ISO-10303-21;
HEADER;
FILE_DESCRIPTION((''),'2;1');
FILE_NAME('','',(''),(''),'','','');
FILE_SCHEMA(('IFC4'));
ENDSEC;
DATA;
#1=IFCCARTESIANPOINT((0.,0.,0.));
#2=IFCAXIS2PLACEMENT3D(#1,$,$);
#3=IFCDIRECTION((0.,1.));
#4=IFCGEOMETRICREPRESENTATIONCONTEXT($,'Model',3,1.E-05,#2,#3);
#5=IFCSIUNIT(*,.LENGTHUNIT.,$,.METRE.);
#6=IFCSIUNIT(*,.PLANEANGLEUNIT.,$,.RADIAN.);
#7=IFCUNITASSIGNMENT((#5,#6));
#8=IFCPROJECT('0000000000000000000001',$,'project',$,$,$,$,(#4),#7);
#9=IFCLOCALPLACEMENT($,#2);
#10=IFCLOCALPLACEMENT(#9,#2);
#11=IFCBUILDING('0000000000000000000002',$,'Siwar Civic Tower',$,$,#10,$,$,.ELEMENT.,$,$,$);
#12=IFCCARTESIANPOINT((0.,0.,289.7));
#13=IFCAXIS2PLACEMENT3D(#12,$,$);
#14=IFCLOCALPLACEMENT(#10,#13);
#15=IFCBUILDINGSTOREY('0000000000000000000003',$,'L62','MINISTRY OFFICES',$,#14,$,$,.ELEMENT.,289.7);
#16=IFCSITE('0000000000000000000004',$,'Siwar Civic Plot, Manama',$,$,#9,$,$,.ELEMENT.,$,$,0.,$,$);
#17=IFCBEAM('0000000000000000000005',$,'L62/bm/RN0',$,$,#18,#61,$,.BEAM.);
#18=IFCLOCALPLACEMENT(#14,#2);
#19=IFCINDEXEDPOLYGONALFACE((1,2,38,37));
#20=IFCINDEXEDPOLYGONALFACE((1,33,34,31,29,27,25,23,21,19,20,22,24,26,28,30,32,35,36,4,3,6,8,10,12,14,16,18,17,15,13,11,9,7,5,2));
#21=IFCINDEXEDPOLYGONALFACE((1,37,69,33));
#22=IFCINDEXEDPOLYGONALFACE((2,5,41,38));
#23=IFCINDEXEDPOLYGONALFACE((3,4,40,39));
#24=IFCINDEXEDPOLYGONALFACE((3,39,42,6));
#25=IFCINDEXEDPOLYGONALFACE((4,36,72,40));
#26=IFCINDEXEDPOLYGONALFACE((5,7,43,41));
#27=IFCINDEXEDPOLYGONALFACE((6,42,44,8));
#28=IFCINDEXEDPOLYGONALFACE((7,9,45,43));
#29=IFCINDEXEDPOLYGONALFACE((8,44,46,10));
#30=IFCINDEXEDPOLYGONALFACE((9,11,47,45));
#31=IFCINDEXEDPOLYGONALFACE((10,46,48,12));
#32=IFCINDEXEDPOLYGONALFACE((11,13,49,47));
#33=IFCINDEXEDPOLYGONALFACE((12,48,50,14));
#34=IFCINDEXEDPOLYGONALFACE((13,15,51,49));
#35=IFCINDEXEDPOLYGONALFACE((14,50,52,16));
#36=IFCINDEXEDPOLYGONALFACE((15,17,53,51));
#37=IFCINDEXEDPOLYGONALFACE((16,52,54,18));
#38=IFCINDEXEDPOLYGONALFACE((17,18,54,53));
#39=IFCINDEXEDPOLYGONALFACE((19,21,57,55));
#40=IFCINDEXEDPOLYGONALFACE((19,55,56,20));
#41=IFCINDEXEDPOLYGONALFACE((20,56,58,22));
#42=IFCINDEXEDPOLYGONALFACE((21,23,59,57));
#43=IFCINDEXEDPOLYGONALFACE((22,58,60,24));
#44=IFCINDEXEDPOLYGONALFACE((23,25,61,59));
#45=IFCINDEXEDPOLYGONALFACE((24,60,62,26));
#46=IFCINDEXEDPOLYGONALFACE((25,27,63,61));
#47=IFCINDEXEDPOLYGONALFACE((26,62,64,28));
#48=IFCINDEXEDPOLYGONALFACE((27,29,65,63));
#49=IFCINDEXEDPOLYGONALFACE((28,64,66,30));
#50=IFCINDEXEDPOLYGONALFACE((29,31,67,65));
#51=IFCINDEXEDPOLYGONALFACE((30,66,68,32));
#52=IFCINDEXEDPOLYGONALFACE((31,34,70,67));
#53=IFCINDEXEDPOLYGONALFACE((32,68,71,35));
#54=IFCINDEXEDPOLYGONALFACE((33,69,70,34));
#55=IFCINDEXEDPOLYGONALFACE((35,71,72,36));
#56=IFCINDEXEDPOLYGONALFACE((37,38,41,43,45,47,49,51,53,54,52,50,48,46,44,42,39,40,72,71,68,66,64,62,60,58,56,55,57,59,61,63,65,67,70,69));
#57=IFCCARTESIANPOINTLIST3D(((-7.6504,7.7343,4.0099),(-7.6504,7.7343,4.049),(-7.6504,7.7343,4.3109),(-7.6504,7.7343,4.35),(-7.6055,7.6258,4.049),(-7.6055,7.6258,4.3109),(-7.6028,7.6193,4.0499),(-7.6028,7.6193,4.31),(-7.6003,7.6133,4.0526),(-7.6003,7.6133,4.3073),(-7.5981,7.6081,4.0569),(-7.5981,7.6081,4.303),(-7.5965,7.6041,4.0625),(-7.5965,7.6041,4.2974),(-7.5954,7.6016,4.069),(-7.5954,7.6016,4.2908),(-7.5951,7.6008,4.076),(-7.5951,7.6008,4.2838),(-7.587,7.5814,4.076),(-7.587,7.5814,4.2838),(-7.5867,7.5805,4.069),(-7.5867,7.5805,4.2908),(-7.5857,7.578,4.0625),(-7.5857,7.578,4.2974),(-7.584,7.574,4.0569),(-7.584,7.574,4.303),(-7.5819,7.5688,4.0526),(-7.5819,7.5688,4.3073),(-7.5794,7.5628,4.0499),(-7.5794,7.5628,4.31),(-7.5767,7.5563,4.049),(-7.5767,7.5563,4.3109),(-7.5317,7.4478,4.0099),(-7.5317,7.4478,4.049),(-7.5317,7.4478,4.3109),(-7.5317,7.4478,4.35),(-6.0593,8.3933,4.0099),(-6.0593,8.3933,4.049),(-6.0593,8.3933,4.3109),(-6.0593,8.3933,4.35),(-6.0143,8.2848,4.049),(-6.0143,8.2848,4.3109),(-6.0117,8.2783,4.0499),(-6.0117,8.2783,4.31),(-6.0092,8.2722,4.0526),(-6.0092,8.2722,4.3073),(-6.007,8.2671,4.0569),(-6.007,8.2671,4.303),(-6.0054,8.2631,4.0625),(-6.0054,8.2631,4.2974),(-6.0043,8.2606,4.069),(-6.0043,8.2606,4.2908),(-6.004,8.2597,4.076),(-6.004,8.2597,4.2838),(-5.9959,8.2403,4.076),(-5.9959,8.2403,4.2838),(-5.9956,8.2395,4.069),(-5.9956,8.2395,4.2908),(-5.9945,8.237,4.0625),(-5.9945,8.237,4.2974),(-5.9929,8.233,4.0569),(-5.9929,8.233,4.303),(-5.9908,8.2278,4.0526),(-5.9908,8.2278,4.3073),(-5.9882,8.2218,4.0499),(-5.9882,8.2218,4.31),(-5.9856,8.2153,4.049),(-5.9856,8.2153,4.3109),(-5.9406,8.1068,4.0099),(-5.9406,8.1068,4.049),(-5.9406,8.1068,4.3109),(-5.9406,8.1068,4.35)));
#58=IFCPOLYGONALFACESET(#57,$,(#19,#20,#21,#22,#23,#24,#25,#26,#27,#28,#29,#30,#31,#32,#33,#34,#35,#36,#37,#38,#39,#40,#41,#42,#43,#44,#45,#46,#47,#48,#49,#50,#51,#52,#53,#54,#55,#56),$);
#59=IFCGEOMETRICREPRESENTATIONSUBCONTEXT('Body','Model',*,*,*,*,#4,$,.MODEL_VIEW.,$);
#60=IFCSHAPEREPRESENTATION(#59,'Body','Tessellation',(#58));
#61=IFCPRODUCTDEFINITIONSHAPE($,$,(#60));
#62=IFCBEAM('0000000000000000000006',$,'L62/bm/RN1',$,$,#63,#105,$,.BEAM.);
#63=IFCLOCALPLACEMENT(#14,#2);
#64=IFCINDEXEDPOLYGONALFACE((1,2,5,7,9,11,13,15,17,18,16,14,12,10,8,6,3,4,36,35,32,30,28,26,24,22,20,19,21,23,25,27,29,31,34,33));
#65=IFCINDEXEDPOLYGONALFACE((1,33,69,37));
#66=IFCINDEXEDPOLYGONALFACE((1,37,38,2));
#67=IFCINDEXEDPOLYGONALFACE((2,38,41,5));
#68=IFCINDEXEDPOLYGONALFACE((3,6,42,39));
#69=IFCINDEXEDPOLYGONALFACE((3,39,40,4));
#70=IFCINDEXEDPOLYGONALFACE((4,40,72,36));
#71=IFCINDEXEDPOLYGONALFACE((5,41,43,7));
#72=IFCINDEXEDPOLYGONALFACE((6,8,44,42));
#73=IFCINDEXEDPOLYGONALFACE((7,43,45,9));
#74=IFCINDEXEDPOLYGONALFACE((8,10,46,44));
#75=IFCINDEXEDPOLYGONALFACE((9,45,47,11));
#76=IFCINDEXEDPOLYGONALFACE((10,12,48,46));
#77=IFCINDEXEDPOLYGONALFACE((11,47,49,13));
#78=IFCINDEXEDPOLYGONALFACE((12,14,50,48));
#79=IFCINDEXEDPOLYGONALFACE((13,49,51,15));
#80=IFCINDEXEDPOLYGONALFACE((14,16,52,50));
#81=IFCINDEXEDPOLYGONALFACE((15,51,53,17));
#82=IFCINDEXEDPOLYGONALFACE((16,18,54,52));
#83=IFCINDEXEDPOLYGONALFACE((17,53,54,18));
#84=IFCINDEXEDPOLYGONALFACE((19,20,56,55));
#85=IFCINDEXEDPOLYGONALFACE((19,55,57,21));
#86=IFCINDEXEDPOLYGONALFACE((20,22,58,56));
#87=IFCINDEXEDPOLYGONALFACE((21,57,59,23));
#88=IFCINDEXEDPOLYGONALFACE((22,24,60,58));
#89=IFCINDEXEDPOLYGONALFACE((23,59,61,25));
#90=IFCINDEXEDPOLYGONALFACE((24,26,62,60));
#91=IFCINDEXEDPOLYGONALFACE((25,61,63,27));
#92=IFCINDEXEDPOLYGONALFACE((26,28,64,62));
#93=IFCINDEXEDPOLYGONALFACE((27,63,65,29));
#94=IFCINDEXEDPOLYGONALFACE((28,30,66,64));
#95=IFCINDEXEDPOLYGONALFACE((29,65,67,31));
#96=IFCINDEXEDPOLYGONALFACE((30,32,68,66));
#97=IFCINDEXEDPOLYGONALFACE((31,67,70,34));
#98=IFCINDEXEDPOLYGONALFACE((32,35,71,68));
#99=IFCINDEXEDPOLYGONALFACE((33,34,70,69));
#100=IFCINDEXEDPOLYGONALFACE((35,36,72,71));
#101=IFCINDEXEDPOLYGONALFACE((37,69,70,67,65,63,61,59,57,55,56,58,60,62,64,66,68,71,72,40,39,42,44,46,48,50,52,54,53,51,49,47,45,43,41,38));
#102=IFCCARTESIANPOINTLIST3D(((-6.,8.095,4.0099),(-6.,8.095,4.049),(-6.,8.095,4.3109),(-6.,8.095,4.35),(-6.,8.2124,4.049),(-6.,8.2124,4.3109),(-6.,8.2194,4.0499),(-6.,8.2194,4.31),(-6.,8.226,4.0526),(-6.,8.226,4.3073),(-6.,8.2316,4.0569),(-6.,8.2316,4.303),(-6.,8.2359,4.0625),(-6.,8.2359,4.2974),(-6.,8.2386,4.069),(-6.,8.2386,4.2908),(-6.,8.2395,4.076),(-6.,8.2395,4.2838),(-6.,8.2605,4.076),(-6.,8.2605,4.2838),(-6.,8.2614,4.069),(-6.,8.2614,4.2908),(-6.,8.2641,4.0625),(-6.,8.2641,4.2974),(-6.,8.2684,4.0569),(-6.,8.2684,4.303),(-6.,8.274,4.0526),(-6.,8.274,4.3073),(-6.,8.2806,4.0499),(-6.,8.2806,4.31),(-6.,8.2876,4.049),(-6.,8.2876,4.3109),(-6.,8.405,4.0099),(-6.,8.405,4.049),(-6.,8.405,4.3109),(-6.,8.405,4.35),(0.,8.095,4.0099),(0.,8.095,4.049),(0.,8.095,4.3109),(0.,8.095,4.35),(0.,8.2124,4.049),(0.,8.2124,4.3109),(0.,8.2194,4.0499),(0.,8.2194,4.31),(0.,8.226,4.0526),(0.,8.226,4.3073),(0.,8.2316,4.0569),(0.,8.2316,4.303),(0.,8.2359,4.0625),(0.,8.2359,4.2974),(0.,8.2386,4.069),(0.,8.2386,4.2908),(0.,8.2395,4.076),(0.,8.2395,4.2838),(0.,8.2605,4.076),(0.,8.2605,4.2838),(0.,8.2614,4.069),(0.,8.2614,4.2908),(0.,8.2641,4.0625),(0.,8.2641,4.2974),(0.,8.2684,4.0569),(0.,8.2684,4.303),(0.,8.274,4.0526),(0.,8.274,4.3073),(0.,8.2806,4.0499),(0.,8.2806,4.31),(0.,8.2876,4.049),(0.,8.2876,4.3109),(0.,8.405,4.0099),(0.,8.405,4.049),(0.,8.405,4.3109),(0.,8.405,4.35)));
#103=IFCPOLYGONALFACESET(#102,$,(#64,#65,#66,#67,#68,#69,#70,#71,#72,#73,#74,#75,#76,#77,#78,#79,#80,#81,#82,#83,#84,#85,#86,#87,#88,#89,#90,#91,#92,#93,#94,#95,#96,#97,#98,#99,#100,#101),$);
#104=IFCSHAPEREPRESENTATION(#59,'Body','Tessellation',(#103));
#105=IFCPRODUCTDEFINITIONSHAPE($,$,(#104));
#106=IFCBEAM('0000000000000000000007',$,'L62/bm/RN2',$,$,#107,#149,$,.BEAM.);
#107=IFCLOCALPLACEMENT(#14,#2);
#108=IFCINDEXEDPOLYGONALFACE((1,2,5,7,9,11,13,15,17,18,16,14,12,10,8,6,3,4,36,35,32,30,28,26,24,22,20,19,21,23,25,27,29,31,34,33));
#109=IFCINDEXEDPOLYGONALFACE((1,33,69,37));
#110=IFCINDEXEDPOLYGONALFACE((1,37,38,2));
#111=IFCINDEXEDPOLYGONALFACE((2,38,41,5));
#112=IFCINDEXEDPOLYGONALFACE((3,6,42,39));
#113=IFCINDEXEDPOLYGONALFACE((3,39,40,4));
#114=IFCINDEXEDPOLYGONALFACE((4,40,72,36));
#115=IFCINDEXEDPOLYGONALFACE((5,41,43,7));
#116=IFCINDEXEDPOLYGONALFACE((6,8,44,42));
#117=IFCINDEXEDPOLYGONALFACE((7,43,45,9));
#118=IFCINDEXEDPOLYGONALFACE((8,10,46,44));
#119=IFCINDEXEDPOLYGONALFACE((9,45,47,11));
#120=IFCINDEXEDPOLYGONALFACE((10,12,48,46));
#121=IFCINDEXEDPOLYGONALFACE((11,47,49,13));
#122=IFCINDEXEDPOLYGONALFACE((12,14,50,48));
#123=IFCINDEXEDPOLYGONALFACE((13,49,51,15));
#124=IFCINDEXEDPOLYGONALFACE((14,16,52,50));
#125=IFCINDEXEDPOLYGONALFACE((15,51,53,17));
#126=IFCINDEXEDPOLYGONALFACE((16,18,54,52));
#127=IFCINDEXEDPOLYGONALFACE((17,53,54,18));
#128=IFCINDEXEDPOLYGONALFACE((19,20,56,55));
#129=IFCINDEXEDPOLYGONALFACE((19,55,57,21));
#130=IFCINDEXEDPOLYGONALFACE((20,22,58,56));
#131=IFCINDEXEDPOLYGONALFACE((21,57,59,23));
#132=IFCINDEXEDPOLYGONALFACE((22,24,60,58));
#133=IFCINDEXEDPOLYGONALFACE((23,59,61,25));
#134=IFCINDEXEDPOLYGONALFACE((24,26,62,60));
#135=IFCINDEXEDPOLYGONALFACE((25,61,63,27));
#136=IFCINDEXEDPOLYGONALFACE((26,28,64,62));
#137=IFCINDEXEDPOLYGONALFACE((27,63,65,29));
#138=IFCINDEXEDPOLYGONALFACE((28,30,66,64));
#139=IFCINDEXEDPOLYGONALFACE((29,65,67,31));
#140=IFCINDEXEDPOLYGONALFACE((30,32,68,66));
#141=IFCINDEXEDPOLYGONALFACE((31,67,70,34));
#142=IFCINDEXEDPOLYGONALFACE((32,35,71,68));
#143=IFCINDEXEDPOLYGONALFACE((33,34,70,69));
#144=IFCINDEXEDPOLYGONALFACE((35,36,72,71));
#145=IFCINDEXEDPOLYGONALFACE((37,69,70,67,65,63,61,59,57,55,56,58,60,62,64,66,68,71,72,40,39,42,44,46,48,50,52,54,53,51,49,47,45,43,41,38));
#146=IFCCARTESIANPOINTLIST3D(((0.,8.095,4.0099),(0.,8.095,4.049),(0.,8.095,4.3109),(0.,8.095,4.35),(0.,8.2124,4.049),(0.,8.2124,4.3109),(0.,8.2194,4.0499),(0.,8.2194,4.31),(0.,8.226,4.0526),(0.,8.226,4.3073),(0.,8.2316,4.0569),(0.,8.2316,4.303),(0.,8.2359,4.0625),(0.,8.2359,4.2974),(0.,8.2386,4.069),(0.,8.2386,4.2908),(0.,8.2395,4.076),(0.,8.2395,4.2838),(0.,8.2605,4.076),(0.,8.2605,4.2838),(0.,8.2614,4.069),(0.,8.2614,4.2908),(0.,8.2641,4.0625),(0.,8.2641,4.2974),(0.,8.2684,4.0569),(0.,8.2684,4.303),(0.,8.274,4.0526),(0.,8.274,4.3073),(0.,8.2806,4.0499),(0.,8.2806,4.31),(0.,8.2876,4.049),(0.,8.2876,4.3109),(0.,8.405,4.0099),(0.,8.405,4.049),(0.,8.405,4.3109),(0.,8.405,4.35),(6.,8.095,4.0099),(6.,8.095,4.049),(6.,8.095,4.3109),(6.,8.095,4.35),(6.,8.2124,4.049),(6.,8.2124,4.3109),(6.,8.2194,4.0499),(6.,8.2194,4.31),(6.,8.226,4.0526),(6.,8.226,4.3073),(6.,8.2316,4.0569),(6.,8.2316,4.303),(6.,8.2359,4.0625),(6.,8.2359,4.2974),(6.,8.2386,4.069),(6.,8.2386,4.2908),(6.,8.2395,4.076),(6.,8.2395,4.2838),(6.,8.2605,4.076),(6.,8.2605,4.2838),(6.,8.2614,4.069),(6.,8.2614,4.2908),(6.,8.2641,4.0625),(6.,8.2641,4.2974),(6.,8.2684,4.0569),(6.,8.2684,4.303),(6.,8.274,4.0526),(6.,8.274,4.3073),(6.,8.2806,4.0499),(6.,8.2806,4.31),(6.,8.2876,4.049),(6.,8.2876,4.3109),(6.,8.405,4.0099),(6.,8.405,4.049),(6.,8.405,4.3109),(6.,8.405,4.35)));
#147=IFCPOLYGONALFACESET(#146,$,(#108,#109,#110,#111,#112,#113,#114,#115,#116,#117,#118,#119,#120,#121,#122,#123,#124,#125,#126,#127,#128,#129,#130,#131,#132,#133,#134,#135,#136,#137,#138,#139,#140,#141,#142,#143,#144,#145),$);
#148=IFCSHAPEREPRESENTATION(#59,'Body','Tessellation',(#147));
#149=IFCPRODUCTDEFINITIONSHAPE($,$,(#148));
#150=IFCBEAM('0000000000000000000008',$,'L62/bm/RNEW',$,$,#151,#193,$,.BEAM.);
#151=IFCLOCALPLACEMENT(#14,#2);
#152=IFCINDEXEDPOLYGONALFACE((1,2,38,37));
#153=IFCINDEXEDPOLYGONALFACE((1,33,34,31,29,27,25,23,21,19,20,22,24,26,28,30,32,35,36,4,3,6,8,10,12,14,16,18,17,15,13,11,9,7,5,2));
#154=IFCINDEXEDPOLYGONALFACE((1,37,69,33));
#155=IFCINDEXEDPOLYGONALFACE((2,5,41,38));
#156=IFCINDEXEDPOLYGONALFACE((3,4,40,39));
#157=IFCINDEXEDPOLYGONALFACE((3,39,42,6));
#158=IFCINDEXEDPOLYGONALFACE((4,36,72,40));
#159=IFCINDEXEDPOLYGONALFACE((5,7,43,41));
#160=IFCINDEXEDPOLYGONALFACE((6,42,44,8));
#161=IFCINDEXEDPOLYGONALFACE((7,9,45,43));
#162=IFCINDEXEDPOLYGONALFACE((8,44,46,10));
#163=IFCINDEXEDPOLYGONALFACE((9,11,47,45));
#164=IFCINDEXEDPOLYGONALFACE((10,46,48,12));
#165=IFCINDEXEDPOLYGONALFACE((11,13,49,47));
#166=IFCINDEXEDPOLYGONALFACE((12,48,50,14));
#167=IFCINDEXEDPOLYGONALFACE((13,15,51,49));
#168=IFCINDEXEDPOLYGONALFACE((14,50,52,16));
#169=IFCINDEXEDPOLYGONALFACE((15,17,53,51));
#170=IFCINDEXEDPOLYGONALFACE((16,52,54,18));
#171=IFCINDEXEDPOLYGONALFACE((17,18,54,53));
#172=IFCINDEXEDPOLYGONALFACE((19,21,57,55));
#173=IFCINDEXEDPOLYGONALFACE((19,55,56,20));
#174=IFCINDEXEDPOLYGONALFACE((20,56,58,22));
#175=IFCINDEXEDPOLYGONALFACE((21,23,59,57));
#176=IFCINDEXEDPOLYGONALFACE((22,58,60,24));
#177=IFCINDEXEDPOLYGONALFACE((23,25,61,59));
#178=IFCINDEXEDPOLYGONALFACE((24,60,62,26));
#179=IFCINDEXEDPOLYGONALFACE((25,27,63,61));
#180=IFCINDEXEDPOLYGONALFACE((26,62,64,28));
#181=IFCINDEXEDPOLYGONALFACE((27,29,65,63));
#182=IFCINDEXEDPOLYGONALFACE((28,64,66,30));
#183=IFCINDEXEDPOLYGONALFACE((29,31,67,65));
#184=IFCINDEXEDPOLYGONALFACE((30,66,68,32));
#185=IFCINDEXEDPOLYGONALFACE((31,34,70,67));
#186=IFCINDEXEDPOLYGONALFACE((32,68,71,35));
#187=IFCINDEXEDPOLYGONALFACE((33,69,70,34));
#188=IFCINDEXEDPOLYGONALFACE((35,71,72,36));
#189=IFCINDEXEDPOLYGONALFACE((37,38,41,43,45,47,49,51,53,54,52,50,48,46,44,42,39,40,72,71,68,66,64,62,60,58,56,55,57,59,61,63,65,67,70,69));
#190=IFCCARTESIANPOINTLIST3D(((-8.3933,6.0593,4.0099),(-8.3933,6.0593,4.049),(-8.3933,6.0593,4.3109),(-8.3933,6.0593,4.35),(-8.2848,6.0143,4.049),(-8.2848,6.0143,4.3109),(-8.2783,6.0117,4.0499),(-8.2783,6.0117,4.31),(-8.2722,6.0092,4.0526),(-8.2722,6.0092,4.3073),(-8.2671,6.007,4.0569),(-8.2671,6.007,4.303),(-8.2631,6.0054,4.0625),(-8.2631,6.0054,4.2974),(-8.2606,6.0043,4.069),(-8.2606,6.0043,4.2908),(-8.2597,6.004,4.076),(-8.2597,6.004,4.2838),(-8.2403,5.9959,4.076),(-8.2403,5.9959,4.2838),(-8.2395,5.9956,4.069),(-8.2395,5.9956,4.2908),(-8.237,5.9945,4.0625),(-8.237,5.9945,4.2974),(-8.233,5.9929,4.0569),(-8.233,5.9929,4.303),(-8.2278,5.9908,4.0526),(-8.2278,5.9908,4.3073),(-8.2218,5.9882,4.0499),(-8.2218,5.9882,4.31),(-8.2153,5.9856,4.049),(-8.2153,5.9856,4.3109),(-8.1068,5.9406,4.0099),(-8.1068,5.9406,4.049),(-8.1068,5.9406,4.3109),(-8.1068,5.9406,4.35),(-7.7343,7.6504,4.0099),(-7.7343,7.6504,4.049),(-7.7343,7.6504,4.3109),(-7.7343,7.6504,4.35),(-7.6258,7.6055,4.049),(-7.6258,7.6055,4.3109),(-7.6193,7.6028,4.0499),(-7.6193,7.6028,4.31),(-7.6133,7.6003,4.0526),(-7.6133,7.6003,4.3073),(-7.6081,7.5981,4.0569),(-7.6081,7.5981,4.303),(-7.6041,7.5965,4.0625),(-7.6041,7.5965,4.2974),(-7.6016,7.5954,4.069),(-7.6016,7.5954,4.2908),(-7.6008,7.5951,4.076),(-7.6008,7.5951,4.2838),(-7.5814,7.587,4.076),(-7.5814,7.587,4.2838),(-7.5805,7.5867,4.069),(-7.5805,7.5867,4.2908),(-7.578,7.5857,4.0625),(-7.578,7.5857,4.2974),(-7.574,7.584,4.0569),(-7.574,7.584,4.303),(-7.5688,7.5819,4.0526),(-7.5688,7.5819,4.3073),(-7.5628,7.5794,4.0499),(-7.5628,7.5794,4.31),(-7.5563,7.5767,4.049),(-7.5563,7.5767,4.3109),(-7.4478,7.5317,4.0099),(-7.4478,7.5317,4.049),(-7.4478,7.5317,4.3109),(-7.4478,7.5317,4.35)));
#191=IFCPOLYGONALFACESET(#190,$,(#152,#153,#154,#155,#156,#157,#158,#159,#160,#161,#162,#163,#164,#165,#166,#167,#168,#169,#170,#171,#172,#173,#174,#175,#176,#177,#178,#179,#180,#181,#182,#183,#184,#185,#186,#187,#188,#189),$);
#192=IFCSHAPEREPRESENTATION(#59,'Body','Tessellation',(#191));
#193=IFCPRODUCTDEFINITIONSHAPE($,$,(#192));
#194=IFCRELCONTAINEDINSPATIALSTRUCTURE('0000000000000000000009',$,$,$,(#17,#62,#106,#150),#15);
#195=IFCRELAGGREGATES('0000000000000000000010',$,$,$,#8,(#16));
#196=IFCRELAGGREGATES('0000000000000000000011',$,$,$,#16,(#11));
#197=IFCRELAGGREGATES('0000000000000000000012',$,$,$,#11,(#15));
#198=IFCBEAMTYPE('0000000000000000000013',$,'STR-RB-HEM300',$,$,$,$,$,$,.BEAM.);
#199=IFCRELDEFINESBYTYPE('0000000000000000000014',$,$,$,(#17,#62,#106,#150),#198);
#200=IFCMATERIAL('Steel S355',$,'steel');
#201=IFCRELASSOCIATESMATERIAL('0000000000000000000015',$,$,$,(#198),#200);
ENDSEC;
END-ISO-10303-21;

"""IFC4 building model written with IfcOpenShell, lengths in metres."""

from ifc_helpers import new_model, si_unit, direction, frame, origin, origin_2d, place, context, subcontext, project, spatial, i_section, extrude, material, material_profile, profile_set, type_object, element, save


model = new_model("IFC4")

# Units and contexts
model_context = context("Model", 3, precision=1e-05, world=origin(), true_north=direction((0.0, 1.0)))
body_context = subcontext(model_context, "Body", "Model", "MODEL_VIEW")
ifc_project = project(units=[si_unit("LENGTHUNIT", "METRE"), si_unit("PLANEANGLEUNIT", "RADIAN")], contexts=[model_context])

# Site, building, storey
site_placement = place(None, origin())
site = spatial("IfcSite", under=ifc_project, at=site_placement, Name="Siwar Civic Plot, Manama", CompositionType="ELEMENT", RefElevation=0.0)
building_placement = place(site_placement, origin())
building = spatial("IfcBuilding", under=site, at=building_placement, Name="Siwar Civic Tower", CompositionType="ELEMENT")
storey_placement = place(building_placement, frame((0.0, 0.0, 289.7)))
storey = spatial("IfcBuildingStorey", under=building, at=storey_placement, Name="L62", Description="MINISTRY OFFICES", CompositionType="ELEMENT", Elevation=289.7)

# Beams
ifc_material_1 = material(Name="Steel S355", Category="steel")
ifc_material_profile_1 = material_profile(ifc_material_1, i_section(OverallWidth=0.3101, OverallDepth=0.3401, WebThickness=0.021, FlangeThickness=0.0391, FilletRadius=0.0271, at=origin_2d()), Name="HEM300")
ifc_profile_set_1 = profile_set([ifc_material_profile_1], Name="Steel S355")
beam_type_1 = type_object("IfcBeamType", Name="STR-RB-HEM300", PredefinedType="BEAM", material=ifc_profile_set_1)
beam_1_placement = place(storey_placement, frame((-7.5911, 7.5911, 4.1799), z_axis=(0.923901, 0.382631, 0.0), x_axis=(-0.382631, 0.923901, 0.0)))
element("IfcBeam", 1, at=beam_1_placement, inside=storey, type_object=beam_type_1, Name="L62/bm/RN0", PredefinedType="BEAM", context=body_context, shape_type="SweptSolid", body=[
    extrude(i_section(OverallWidth=0.3101, OverallDepth=0.3401, WebThickness=0.021, FlangeThickness=0.0391, FilletRadius=0.0271, at=origin_2d()), origin(), (0.0, 0.0, 1.0), 1.7222),
])
for number, where, z_axis, x_axis, name in (
    (2, (-6.0, 8.25, 4.1799), (1.0, 0.0, 0.0), (0.0, 1.0, 0.0), "L62/bm/RN1"),
    (3, (0.0, 8.25, 4.1799), (1.0, 0.0, 0.0), (0.0, 1.0, 0.0), "L62/bm/RN2"),
):
    element("IfcBeam", number, at=place(storey_placement, frame(where, z_axis=z_axis, x_axis=x_axis)), inside=storey, type_object=beam_type_1, Name=name, PredefinedType="BEAM", context=body_context, shape_type="SweptSolid", body=[
        extrude(i_section(OverallWidth=0.3101, OverallDepth=0.3401, WebThickness=0.021, FlangeThickness=0.0391, FilletRadius=0.0271, at=origin_2d()), origin(), (0.0, 0.0, 1.0), 6.0),
    ])
beam_2_placement = place(storey_placement, frame((-7.5911, 7.5911, 4.1799), z_axis=(-0.382631, -0.923901, 0.0), x_axis=(0.923901, -0.382631, 0.0)))
element("IfcBeam", 4, at=beam_2_placement, inside=storey, type_object=beam_type_1, Name="L62/bm/RNEW", PredefinedType="BEAM", context=body_context, shape_type="SweptSolid", body=[
    extrude(i_section(OverallWidth=0.3101, OverallDepth=0.3401, WebThickness=0.021, FlangeThickness=0.0391, FilletRadius=0.0271, at=origin_2d()), origin(), (0.0, 0.0, 1.0), 1.7222),
])

save(model, "model.ifc")
